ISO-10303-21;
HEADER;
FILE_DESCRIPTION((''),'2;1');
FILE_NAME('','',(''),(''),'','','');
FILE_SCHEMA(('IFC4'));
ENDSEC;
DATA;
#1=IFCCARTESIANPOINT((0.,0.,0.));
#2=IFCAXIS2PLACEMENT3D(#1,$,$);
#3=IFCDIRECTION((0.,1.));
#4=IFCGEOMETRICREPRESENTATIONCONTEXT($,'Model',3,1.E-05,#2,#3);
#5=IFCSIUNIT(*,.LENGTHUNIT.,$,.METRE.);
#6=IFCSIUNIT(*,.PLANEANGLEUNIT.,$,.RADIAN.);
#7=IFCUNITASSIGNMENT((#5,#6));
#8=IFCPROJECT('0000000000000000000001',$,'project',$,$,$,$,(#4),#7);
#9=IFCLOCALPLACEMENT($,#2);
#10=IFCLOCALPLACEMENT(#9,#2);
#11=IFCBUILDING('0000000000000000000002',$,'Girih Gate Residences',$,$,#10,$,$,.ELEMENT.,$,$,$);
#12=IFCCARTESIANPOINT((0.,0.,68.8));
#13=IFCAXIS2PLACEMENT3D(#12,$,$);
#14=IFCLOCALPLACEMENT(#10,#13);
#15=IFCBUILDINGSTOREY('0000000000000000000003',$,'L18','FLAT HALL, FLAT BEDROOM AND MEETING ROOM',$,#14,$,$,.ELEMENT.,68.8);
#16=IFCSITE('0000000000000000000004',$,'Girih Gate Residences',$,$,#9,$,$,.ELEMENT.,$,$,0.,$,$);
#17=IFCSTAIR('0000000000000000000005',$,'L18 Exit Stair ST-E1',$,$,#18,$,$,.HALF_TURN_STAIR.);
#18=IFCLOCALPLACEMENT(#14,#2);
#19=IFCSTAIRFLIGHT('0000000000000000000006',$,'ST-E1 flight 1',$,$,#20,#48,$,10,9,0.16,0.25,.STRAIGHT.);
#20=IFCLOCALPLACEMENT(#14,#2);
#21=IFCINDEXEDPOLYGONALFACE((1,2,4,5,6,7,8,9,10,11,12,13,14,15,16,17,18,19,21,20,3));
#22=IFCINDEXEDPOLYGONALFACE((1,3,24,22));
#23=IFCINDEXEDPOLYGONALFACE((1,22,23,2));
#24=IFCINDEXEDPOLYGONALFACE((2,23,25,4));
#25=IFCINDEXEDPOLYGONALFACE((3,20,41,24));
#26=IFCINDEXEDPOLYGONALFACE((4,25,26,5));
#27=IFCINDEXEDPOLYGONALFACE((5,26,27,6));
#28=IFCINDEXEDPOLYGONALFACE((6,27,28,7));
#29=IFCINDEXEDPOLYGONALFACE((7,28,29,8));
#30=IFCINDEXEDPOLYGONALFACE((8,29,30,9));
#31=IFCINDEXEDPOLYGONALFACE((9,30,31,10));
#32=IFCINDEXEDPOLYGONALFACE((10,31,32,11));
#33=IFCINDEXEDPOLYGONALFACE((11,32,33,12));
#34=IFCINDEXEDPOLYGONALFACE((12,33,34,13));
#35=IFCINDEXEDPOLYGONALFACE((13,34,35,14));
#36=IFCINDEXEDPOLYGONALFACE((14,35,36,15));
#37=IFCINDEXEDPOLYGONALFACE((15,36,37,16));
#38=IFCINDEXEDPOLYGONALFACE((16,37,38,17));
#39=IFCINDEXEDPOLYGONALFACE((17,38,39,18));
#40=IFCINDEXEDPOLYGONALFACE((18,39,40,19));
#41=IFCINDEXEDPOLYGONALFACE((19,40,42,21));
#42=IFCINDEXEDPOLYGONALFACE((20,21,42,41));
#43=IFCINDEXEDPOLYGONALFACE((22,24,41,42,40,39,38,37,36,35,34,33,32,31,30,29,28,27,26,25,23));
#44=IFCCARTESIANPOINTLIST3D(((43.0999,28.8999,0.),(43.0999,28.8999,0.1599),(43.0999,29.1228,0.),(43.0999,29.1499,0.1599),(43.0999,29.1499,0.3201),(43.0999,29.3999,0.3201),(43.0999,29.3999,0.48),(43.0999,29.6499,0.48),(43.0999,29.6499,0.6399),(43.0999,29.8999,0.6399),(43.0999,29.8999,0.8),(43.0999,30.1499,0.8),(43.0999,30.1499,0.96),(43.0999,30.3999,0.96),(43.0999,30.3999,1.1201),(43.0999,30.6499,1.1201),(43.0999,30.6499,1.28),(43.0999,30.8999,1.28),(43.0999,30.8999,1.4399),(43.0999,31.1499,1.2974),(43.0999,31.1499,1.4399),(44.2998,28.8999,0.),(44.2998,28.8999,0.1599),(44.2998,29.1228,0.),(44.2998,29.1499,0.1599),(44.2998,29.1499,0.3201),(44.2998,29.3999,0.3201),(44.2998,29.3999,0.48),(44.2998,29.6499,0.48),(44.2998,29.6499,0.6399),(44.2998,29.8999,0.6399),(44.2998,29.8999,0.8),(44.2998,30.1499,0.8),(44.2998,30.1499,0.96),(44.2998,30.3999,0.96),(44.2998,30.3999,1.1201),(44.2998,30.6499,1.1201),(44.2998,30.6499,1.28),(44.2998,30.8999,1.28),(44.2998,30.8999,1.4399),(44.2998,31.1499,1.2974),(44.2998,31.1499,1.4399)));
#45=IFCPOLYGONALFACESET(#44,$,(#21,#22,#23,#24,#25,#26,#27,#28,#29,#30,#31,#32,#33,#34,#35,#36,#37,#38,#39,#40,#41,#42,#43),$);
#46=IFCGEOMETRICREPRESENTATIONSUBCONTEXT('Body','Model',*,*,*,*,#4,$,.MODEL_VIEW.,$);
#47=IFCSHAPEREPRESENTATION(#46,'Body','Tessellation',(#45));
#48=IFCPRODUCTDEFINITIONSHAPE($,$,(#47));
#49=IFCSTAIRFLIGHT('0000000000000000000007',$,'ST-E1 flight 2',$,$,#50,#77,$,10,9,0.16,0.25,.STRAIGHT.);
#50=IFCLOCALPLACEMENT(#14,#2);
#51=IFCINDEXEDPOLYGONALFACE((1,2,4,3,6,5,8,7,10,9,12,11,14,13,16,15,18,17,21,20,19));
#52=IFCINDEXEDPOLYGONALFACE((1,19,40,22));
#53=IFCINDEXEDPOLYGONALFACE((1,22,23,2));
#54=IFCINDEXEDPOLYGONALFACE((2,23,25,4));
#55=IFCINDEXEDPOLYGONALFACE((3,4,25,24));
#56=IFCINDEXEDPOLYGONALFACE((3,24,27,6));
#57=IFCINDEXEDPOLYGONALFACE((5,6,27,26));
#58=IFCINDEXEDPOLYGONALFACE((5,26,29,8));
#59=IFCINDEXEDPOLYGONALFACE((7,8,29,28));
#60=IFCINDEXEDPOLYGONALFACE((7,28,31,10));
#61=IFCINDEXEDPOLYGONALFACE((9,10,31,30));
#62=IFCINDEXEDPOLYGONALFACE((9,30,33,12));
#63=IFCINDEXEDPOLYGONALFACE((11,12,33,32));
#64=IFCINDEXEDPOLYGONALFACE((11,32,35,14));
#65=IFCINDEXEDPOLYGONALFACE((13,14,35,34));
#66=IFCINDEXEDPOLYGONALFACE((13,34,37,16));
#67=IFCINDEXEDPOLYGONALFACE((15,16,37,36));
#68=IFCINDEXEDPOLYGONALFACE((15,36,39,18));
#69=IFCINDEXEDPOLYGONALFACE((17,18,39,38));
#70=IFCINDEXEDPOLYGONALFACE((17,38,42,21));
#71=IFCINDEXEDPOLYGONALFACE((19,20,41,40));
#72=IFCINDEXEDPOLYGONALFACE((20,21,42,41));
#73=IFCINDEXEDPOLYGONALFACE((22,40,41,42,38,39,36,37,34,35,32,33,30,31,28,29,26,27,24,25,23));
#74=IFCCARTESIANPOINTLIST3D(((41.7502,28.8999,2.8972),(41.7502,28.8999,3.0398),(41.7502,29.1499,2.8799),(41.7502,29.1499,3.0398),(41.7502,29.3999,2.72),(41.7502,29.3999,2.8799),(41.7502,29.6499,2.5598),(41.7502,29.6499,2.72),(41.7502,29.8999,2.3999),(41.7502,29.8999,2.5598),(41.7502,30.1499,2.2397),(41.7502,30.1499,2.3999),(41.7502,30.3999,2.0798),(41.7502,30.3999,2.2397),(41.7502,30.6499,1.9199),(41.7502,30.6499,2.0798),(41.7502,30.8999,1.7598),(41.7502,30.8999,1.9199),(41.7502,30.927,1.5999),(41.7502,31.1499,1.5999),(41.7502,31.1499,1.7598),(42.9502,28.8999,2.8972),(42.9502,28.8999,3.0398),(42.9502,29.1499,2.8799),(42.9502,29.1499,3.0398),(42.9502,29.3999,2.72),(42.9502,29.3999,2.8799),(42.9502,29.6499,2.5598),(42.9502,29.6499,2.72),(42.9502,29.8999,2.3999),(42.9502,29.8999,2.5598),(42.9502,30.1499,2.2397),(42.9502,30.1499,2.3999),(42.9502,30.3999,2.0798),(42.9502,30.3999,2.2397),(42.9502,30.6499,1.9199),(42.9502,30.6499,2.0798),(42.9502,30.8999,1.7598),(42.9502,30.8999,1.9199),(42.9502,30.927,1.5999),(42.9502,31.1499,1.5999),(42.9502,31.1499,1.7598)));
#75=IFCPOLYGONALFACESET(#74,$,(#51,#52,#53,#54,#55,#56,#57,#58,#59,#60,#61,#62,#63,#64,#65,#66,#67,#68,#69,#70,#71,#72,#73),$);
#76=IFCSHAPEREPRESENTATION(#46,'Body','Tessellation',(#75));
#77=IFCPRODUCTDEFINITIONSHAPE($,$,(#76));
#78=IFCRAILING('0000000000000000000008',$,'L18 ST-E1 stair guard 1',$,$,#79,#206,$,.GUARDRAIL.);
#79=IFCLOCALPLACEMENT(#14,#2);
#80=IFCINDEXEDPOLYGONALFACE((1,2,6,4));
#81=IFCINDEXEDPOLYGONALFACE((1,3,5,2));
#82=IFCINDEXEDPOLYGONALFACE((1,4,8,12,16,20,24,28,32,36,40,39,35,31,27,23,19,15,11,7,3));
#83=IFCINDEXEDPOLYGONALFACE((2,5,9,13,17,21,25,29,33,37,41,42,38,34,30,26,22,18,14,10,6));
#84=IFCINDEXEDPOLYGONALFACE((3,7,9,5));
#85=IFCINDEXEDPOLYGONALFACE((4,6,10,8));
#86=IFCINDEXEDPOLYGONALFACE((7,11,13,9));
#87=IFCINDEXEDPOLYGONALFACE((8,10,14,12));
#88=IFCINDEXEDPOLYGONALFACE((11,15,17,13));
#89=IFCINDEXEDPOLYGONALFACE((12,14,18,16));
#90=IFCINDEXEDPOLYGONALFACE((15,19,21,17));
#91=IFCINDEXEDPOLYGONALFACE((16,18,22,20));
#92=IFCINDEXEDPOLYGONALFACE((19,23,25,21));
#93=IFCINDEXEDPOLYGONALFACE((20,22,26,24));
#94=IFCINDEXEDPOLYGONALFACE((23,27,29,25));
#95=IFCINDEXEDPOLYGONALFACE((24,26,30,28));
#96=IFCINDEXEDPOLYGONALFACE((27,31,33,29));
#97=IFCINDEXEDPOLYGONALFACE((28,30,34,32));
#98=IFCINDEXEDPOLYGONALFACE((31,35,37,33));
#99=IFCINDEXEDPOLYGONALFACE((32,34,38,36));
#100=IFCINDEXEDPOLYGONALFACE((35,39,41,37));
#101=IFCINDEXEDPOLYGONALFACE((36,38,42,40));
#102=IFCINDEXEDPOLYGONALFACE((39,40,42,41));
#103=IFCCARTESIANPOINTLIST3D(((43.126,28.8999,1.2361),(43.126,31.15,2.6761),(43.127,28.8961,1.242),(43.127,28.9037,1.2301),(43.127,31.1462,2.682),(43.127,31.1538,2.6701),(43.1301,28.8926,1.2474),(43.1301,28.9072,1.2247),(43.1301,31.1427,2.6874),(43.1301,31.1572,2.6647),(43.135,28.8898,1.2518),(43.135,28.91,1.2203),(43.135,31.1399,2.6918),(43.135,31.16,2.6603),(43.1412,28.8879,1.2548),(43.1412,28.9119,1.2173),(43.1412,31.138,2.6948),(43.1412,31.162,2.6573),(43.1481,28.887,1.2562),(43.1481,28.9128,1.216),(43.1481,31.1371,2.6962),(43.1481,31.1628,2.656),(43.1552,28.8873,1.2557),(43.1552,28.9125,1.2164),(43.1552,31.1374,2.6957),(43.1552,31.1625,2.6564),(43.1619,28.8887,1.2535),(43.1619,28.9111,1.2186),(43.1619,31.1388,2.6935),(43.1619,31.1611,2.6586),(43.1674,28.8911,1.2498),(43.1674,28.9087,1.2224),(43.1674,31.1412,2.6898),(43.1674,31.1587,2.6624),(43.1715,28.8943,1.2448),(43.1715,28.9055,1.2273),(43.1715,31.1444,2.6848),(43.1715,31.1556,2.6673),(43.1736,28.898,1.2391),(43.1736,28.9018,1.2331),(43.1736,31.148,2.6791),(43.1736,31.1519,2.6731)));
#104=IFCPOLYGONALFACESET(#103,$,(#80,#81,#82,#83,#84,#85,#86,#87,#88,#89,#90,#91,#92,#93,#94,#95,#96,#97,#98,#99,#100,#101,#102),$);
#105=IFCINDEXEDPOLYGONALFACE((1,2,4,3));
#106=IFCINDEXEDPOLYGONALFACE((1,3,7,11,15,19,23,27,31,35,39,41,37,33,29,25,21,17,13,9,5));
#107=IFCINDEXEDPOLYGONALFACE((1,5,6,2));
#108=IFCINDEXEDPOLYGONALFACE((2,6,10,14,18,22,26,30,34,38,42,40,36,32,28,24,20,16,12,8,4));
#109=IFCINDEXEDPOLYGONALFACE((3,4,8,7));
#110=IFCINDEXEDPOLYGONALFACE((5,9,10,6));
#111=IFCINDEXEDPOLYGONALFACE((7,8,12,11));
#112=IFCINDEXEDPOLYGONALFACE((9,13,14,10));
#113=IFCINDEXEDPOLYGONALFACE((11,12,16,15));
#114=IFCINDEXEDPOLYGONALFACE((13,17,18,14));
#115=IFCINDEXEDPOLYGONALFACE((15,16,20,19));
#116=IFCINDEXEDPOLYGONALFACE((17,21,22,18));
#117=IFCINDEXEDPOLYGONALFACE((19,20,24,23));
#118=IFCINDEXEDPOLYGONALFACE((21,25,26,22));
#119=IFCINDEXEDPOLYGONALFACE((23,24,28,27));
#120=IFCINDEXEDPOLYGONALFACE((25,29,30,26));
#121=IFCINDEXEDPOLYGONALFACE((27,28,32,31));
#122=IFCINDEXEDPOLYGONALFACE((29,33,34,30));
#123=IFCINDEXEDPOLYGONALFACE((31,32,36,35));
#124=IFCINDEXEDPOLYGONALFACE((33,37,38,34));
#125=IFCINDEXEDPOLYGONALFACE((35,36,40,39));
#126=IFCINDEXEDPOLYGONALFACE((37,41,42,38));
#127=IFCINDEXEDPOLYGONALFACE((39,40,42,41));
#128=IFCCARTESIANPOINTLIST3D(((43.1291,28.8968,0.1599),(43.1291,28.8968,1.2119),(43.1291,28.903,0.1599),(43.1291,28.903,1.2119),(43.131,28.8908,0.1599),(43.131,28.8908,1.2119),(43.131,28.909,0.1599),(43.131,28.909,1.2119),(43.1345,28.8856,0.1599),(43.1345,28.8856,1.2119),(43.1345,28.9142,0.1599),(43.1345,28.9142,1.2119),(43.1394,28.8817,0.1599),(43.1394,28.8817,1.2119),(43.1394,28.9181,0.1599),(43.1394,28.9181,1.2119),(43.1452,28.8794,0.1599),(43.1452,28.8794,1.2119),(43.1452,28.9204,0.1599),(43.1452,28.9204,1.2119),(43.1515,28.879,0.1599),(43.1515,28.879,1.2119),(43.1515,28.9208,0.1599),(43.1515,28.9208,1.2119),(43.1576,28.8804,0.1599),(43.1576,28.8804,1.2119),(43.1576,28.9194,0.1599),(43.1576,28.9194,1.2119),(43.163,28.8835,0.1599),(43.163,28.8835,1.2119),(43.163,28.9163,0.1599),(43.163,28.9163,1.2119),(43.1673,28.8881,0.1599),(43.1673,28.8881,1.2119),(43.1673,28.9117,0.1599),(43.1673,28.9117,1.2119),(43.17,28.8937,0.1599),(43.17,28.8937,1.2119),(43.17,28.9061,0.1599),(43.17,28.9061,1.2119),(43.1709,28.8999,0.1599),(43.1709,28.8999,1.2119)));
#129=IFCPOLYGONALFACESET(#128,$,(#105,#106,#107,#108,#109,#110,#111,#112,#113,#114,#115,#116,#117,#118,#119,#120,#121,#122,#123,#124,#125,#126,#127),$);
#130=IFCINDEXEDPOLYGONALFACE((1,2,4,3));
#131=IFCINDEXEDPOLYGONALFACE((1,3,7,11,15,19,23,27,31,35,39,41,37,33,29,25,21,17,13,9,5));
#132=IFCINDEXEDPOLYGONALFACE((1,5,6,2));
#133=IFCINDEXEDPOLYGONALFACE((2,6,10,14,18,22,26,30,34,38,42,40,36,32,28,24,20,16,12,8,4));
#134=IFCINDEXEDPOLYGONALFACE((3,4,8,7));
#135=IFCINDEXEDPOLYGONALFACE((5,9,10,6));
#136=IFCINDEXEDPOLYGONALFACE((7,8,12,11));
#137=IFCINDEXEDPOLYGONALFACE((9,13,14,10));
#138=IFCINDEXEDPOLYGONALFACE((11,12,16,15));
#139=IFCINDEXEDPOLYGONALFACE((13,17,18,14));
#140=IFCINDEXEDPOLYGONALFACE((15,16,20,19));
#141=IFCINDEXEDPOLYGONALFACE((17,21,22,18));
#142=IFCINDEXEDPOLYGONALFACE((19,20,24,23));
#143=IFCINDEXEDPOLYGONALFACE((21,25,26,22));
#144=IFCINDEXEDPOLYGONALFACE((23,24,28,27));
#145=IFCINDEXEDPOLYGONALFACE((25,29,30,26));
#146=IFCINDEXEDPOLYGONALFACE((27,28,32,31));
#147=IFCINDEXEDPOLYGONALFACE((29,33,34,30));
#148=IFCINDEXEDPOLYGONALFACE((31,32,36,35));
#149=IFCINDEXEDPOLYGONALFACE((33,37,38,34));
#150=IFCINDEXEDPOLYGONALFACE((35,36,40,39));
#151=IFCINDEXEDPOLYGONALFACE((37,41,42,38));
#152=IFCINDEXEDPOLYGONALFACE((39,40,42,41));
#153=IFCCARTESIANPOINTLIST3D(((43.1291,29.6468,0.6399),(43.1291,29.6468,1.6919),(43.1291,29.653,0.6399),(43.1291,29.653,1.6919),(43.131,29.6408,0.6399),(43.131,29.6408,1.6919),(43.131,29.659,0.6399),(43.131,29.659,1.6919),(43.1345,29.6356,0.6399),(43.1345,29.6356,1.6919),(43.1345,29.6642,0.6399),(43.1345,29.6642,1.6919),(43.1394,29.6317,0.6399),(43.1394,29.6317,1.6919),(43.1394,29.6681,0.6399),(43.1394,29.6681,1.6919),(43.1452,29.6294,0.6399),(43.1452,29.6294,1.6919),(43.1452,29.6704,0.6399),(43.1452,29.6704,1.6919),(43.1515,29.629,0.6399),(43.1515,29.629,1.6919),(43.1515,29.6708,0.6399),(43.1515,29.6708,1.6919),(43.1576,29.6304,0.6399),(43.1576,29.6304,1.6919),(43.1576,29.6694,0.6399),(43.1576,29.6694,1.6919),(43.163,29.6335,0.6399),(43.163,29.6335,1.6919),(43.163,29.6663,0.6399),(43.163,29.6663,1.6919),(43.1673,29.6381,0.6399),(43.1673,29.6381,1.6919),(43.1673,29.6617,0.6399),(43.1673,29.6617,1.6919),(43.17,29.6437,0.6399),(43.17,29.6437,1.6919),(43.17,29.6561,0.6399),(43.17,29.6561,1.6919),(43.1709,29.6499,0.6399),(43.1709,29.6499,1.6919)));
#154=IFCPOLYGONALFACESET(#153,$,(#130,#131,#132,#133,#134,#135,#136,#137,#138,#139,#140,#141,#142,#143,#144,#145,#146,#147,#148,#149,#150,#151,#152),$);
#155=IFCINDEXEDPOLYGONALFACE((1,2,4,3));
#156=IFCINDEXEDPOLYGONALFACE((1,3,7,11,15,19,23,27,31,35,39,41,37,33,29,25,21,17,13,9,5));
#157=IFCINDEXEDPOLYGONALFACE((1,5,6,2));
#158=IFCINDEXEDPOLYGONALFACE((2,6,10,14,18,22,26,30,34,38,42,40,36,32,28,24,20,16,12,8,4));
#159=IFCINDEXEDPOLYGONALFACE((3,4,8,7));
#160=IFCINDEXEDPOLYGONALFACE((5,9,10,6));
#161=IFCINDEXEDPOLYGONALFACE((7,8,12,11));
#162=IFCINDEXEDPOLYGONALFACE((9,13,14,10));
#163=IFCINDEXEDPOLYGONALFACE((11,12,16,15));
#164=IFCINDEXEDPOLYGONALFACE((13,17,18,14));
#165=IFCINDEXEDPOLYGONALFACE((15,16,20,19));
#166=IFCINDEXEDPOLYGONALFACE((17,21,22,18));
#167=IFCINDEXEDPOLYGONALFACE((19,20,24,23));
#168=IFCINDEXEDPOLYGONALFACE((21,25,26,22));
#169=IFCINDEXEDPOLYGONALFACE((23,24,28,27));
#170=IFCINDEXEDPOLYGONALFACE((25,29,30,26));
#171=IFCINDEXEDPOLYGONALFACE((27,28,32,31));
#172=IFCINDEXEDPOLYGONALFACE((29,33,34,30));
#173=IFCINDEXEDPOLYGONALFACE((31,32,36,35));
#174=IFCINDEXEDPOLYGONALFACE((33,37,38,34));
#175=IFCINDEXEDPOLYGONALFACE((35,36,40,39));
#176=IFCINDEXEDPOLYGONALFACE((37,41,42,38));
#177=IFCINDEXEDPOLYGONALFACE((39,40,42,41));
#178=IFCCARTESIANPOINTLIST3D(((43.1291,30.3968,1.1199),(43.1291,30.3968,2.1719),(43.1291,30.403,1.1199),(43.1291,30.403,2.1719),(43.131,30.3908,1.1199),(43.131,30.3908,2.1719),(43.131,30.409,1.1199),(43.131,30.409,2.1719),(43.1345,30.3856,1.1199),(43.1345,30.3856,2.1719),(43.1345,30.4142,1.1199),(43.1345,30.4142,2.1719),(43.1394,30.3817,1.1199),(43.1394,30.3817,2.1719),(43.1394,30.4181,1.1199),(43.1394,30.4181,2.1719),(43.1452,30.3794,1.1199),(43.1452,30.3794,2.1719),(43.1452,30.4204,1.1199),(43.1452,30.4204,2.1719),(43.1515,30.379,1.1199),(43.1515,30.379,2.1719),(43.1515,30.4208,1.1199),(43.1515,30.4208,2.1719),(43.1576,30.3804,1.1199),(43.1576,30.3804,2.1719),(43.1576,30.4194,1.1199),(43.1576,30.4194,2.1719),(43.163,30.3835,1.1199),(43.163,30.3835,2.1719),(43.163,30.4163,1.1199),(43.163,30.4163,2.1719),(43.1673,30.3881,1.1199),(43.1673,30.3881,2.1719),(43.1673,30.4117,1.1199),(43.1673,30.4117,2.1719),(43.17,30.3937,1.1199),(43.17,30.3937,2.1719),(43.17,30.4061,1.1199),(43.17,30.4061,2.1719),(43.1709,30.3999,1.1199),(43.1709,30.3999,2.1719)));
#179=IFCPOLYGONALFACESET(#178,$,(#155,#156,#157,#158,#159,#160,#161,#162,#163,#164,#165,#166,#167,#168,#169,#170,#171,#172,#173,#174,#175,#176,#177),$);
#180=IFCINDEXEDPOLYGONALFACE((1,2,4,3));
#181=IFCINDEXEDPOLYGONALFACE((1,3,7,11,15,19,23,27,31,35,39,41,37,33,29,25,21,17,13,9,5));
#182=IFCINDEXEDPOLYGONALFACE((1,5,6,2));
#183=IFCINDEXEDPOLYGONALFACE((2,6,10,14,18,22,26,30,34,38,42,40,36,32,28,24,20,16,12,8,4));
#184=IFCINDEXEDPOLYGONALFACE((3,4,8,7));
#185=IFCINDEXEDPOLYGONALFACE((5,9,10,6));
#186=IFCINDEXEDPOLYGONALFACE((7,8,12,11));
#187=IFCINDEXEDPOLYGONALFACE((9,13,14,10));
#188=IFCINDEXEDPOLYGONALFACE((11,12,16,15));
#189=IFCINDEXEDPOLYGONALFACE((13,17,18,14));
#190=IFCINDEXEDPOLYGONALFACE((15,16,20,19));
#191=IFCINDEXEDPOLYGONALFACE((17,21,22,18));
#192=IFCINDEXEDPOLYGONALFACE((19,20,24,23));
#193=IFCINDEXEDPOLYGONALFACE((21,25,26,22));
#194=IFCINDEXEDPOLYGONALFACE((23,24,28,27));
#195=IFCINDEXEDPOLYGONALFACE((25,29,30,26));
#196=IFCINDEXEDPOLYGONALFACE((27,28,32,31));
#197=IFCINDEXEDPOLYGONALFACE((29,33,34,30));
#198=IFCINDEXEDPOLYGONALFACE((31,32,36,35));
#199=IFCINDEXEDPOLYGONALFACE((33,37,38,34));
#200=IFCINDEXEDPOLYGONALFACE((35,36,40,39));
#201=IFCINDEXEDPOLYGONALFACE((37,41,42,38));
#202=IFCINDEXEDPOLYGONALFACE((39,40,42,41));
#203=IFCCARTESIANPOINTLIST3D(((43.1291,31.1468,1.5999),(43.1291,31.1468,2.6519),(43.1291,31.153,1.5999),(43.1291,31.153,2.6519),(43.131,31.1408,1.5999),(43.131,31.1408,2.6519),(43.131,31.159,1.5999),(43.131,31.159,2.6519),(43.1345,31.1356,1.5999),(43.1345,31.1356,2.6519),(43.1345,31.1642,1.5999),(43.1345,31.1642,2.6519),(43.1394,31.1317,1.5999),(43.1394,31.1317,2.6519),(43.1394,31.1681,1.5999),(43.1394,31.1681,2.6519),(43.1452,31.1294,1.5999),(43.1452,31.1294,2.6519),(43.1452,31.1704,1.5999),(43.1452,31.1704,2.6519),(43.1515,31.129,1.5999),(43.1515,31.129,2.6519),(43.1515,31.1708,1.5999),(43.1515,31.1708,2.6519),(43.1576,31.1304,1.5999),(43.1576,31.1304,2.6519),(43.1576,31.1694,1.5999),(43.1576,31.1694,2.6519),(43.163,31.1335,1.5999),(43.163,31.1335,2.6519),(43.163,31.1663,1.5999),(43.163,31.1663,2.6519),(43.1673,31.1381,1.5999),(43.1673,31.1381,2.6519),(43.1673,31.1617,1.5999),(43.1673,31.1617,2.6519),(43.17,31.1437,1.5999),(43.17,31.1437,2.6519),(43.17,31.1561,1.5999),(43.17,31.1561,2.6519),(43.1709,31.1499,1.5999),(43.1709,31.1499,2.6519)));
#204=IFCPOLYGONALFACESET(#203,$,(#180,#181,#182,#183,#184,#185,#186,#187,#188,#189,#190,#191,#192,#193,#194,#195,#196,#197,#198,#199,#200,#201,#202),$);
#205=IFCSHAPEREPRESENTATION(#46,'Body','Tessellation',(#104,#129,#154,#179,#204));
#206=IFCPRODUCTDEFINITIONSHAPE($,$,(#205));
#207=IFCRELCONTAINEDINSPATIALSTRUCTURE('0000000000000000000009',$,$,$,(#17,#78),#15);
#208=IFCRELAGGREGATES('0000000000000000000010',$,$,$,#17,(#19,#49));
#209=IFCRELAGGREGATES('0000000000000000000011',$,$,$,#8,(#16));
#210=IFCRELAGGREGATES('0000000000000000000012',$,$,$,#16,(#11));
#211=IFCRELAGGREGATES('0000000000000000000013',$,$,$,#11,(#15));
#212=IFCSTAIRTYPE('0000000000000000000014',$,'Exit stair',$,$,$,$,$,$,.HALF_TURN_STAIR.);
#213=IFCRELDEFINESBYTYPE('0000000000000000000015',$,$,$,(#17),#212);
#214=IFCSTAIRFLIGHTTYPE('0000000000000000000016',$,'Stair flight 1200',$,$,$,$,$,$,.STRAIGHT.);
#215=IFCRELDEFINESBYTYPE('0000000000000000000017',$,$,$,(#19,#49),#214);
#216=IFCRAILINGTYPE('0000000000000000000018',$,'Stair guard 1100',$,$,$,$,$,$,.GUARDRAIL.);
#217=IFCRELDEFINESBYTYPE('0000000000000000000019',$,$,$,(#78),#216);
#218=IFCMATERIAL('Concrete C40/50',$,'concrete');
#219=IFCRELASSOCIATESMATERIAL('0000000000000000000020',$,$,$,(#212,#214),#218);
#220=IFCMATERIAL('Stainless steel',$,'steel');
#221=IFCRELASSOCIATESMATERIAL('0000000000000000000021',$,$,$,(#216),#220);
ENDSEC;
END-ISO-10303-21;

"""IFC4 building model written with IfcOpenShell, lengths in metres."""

from ifc_helpers import new_model, si_unit, direction, frame, origin, origin_2d, place, context, subcontext, project, spatial, polyline, circle, outline, extrude, material, type_object, element, aggregate, save


model = new_model("IFC4")

# Units and contexts
model_context = context("Model", 3, precision=1e-05, world=origin(), true_north=direction((0.0, 1.0)))
body_context = subcontext(model_context, "Body", "Model", "MODEL_VIEW")
ifc_project = project(units=[si_unit("LENGTHUNIT", "METRE"), si_unit("PLANEANGLEUNIT", "RADIAN")], contexts=[model_context])

# Site, building, storey
site_placement = place(None, origin())
site = spatial("IfcSite", under=ifc_project, at=site_placement, Name="Girih Gate Residences", CompositionType="ELEMENT", RefElevation=0.0)
building_placement = place(site_placement, origin())
building = spatial("IfcBuilding", under=site, at=building_placement, Name="Girih Gate Residences", CompositionType="ELEMENT")
storey_placement = place(building_placement, frame((0.0, 0.0, 68.8)))
storey = spatial("IfcBuildingStorey", under=building, at=storey_placement, Name="L18", Description="FLAT HALL, FLAT BEDROOM AND MEETING ROOM", CompositionType="ELEMENT", Elevation=68.8)

# Shared definitions
ifc_material_1 = material(Name="Concrete C40/50", Category="concrete")

# Stair, stair flights
stair_type = type_object("IfcStairType", Name="Exit stair", PredefinedType="HALF_TURN_STAIR", material=ifc_material_1)
stair_placement = place(storey_placement, origin())
stair = element("IfcStair", 1, at=stair_placement, inside=storey, type_object=stair_type, Name="L18 Exit Stair ST-E1", PredefinedType="HALF_TURN_STAIR")
stair_flight_type = type_object("IfcStairFlightType", Name="Stair flight 1200", PredefinedType="STRAIGHT", material=ifc_material_1)
stair_flight_1_placement = place(storey_placement, frame((43.7, 28.8999, 0.0), z_axis=(0.0, 0.0, 1.0), x_axis=(0.0, 1.0, 0.0)))
stair_flight_1 = element("IfcStairFlight", 2, at=stair_flight_1_placement, type_object=stair_flight_type, Name="ST-E1 flight 1", NumberOfRisers=10, NumberOfTreads=9, PredefinedType="STRAIGHT", RiserHeight=0.16, TreadLength=0.25, context=body_context, shape_type="SweptSolid", body=[
    extrude(outline(polyline([(0.0, 0.0), (0.0, 0.1599), (0.25, 0.1599), (0.25, 0.3201), (0.5, 0.3201), (0.5, 0.48), (0.75, 0.48), (0.75, 0.6399), (1.0, 0.6399), (1.0, 0.8), (1.25, 0.8), (1.25, 0.96), (1.5, 0.96), (1.5, 1.1201), (1.75, 1.1201), (1.75, 1.28), (2.0, 1.28), (2.0, 1.4399), (2.25, 1.4399), (2.25, 1.6001), (2.25, 1.2974), (0.2229, 0.0), (0.0, 0.0)])), frame((0.0, 0.6001, 0.0), z_axis=(0.0, -1.0, 0.0), x_axis=(1.0, 0.0, 0.0)), (0.0, 0.0, 1.0), 1.2),
])
stair_flight_2_placement = place(storey_placement, frame((42.3501, 31.1499, 1.5999), z_axis=(0.0, 0.0, 1.0), x_axis=(0.0, -1.0, 0.0)))
stair_flight_2 = element("IfcStairFlight", 3, at=stair_flight_2_placement, type_object=stair_flight_type, Name="ST-E1 flight 2", NumberOfRisers=10, NumberOfTreads=9, PredefinedType="STRAIGHT", RiserHeight=0.16, TreadLength=0.25, context=body_context, shape_type="SweptSolid", body=[
    extrude(outline(polyline([(0.0, 0.0), (0.0, 0.1599), (0.25, 0.1599), (0.25, 0.3201), (0.5, 0.3201), (0.5, 0.48), (0.75, 0.48), (0.75, 0.6399), (1.0, 0.6399), (1.0, 0.8), (1.25, 0.8), (1.25, 0.96), (1.5, 0.96), (1.5, 1.1201), (1.75, 1.1201), (1.75, 1.28), (2.0, 1.28), (2.0, 1.4399), (2.25, 1.4399), (2.25, 1.6001), (2.25, 1.2974), (0.2229, 0.0), (0.0, 0.0)])), frame((0.0, 0.6001, 0.0), z_axis=(0.0, -1.0, 0.0), x_axis=(1.0, 0.0, 0.0)), (0.0, 0.0, 1.0), 1.2),
])
aggregate(stair, [stair_flight_1, stair_flight_2])

# Railing
ifc_material_2 = material(Name="Stainless steel", Category="steel")
railing_type_1 = type_object("IfcRailingType", Name="Stair guard 1100", PredefinedType="GUARDRAIL", material=ifc_material_2)
railing_1_placement = place(storey_placement, frame((43.1499, 28.8999, 0.1599)))
element("IfcRailing", 4, at=railing_1_placement, inside=storey, type_object=railing_type_1, Name="L18 ST-E1 stair guard 1", PredefinedType="GUARDRAIL", context=body_context, shape_type="SweptSolid", body=[
    extrude(circle(Radius=0.0239, at=origin_2d()), frame((0.0, 0.0, 1.0762), z_axis=(0.0, 0.842281, 0.539038), x_axis=(-1.0, 0.0, 0.0)), (0.0, 0.0, 1.0), 2.6714),
    extrude(circle(Radius=0.021, at=origin_2d()), origin(), (0.0, 0.0, 1.0), 1.052),
    extrude(circle(Radius=0.021, at=origin_2d()), frame((0.0, 0.75, 0.48)), (0.0, 0.0, 1.0), 1.052),
    extrude(circle(Radius=0.021, at=origin_2d()), frame((0.0, 1.5, 0.96)), (0.0, 0.0, 1.0), 1.052),
    extrude(circle(Radius=0.021, at=origin_2d()), frame((0.0, 2.25, 1.4399)), (0.0, 0.0, 1.0), 1.052),
])

save(model, "model.ifc")
